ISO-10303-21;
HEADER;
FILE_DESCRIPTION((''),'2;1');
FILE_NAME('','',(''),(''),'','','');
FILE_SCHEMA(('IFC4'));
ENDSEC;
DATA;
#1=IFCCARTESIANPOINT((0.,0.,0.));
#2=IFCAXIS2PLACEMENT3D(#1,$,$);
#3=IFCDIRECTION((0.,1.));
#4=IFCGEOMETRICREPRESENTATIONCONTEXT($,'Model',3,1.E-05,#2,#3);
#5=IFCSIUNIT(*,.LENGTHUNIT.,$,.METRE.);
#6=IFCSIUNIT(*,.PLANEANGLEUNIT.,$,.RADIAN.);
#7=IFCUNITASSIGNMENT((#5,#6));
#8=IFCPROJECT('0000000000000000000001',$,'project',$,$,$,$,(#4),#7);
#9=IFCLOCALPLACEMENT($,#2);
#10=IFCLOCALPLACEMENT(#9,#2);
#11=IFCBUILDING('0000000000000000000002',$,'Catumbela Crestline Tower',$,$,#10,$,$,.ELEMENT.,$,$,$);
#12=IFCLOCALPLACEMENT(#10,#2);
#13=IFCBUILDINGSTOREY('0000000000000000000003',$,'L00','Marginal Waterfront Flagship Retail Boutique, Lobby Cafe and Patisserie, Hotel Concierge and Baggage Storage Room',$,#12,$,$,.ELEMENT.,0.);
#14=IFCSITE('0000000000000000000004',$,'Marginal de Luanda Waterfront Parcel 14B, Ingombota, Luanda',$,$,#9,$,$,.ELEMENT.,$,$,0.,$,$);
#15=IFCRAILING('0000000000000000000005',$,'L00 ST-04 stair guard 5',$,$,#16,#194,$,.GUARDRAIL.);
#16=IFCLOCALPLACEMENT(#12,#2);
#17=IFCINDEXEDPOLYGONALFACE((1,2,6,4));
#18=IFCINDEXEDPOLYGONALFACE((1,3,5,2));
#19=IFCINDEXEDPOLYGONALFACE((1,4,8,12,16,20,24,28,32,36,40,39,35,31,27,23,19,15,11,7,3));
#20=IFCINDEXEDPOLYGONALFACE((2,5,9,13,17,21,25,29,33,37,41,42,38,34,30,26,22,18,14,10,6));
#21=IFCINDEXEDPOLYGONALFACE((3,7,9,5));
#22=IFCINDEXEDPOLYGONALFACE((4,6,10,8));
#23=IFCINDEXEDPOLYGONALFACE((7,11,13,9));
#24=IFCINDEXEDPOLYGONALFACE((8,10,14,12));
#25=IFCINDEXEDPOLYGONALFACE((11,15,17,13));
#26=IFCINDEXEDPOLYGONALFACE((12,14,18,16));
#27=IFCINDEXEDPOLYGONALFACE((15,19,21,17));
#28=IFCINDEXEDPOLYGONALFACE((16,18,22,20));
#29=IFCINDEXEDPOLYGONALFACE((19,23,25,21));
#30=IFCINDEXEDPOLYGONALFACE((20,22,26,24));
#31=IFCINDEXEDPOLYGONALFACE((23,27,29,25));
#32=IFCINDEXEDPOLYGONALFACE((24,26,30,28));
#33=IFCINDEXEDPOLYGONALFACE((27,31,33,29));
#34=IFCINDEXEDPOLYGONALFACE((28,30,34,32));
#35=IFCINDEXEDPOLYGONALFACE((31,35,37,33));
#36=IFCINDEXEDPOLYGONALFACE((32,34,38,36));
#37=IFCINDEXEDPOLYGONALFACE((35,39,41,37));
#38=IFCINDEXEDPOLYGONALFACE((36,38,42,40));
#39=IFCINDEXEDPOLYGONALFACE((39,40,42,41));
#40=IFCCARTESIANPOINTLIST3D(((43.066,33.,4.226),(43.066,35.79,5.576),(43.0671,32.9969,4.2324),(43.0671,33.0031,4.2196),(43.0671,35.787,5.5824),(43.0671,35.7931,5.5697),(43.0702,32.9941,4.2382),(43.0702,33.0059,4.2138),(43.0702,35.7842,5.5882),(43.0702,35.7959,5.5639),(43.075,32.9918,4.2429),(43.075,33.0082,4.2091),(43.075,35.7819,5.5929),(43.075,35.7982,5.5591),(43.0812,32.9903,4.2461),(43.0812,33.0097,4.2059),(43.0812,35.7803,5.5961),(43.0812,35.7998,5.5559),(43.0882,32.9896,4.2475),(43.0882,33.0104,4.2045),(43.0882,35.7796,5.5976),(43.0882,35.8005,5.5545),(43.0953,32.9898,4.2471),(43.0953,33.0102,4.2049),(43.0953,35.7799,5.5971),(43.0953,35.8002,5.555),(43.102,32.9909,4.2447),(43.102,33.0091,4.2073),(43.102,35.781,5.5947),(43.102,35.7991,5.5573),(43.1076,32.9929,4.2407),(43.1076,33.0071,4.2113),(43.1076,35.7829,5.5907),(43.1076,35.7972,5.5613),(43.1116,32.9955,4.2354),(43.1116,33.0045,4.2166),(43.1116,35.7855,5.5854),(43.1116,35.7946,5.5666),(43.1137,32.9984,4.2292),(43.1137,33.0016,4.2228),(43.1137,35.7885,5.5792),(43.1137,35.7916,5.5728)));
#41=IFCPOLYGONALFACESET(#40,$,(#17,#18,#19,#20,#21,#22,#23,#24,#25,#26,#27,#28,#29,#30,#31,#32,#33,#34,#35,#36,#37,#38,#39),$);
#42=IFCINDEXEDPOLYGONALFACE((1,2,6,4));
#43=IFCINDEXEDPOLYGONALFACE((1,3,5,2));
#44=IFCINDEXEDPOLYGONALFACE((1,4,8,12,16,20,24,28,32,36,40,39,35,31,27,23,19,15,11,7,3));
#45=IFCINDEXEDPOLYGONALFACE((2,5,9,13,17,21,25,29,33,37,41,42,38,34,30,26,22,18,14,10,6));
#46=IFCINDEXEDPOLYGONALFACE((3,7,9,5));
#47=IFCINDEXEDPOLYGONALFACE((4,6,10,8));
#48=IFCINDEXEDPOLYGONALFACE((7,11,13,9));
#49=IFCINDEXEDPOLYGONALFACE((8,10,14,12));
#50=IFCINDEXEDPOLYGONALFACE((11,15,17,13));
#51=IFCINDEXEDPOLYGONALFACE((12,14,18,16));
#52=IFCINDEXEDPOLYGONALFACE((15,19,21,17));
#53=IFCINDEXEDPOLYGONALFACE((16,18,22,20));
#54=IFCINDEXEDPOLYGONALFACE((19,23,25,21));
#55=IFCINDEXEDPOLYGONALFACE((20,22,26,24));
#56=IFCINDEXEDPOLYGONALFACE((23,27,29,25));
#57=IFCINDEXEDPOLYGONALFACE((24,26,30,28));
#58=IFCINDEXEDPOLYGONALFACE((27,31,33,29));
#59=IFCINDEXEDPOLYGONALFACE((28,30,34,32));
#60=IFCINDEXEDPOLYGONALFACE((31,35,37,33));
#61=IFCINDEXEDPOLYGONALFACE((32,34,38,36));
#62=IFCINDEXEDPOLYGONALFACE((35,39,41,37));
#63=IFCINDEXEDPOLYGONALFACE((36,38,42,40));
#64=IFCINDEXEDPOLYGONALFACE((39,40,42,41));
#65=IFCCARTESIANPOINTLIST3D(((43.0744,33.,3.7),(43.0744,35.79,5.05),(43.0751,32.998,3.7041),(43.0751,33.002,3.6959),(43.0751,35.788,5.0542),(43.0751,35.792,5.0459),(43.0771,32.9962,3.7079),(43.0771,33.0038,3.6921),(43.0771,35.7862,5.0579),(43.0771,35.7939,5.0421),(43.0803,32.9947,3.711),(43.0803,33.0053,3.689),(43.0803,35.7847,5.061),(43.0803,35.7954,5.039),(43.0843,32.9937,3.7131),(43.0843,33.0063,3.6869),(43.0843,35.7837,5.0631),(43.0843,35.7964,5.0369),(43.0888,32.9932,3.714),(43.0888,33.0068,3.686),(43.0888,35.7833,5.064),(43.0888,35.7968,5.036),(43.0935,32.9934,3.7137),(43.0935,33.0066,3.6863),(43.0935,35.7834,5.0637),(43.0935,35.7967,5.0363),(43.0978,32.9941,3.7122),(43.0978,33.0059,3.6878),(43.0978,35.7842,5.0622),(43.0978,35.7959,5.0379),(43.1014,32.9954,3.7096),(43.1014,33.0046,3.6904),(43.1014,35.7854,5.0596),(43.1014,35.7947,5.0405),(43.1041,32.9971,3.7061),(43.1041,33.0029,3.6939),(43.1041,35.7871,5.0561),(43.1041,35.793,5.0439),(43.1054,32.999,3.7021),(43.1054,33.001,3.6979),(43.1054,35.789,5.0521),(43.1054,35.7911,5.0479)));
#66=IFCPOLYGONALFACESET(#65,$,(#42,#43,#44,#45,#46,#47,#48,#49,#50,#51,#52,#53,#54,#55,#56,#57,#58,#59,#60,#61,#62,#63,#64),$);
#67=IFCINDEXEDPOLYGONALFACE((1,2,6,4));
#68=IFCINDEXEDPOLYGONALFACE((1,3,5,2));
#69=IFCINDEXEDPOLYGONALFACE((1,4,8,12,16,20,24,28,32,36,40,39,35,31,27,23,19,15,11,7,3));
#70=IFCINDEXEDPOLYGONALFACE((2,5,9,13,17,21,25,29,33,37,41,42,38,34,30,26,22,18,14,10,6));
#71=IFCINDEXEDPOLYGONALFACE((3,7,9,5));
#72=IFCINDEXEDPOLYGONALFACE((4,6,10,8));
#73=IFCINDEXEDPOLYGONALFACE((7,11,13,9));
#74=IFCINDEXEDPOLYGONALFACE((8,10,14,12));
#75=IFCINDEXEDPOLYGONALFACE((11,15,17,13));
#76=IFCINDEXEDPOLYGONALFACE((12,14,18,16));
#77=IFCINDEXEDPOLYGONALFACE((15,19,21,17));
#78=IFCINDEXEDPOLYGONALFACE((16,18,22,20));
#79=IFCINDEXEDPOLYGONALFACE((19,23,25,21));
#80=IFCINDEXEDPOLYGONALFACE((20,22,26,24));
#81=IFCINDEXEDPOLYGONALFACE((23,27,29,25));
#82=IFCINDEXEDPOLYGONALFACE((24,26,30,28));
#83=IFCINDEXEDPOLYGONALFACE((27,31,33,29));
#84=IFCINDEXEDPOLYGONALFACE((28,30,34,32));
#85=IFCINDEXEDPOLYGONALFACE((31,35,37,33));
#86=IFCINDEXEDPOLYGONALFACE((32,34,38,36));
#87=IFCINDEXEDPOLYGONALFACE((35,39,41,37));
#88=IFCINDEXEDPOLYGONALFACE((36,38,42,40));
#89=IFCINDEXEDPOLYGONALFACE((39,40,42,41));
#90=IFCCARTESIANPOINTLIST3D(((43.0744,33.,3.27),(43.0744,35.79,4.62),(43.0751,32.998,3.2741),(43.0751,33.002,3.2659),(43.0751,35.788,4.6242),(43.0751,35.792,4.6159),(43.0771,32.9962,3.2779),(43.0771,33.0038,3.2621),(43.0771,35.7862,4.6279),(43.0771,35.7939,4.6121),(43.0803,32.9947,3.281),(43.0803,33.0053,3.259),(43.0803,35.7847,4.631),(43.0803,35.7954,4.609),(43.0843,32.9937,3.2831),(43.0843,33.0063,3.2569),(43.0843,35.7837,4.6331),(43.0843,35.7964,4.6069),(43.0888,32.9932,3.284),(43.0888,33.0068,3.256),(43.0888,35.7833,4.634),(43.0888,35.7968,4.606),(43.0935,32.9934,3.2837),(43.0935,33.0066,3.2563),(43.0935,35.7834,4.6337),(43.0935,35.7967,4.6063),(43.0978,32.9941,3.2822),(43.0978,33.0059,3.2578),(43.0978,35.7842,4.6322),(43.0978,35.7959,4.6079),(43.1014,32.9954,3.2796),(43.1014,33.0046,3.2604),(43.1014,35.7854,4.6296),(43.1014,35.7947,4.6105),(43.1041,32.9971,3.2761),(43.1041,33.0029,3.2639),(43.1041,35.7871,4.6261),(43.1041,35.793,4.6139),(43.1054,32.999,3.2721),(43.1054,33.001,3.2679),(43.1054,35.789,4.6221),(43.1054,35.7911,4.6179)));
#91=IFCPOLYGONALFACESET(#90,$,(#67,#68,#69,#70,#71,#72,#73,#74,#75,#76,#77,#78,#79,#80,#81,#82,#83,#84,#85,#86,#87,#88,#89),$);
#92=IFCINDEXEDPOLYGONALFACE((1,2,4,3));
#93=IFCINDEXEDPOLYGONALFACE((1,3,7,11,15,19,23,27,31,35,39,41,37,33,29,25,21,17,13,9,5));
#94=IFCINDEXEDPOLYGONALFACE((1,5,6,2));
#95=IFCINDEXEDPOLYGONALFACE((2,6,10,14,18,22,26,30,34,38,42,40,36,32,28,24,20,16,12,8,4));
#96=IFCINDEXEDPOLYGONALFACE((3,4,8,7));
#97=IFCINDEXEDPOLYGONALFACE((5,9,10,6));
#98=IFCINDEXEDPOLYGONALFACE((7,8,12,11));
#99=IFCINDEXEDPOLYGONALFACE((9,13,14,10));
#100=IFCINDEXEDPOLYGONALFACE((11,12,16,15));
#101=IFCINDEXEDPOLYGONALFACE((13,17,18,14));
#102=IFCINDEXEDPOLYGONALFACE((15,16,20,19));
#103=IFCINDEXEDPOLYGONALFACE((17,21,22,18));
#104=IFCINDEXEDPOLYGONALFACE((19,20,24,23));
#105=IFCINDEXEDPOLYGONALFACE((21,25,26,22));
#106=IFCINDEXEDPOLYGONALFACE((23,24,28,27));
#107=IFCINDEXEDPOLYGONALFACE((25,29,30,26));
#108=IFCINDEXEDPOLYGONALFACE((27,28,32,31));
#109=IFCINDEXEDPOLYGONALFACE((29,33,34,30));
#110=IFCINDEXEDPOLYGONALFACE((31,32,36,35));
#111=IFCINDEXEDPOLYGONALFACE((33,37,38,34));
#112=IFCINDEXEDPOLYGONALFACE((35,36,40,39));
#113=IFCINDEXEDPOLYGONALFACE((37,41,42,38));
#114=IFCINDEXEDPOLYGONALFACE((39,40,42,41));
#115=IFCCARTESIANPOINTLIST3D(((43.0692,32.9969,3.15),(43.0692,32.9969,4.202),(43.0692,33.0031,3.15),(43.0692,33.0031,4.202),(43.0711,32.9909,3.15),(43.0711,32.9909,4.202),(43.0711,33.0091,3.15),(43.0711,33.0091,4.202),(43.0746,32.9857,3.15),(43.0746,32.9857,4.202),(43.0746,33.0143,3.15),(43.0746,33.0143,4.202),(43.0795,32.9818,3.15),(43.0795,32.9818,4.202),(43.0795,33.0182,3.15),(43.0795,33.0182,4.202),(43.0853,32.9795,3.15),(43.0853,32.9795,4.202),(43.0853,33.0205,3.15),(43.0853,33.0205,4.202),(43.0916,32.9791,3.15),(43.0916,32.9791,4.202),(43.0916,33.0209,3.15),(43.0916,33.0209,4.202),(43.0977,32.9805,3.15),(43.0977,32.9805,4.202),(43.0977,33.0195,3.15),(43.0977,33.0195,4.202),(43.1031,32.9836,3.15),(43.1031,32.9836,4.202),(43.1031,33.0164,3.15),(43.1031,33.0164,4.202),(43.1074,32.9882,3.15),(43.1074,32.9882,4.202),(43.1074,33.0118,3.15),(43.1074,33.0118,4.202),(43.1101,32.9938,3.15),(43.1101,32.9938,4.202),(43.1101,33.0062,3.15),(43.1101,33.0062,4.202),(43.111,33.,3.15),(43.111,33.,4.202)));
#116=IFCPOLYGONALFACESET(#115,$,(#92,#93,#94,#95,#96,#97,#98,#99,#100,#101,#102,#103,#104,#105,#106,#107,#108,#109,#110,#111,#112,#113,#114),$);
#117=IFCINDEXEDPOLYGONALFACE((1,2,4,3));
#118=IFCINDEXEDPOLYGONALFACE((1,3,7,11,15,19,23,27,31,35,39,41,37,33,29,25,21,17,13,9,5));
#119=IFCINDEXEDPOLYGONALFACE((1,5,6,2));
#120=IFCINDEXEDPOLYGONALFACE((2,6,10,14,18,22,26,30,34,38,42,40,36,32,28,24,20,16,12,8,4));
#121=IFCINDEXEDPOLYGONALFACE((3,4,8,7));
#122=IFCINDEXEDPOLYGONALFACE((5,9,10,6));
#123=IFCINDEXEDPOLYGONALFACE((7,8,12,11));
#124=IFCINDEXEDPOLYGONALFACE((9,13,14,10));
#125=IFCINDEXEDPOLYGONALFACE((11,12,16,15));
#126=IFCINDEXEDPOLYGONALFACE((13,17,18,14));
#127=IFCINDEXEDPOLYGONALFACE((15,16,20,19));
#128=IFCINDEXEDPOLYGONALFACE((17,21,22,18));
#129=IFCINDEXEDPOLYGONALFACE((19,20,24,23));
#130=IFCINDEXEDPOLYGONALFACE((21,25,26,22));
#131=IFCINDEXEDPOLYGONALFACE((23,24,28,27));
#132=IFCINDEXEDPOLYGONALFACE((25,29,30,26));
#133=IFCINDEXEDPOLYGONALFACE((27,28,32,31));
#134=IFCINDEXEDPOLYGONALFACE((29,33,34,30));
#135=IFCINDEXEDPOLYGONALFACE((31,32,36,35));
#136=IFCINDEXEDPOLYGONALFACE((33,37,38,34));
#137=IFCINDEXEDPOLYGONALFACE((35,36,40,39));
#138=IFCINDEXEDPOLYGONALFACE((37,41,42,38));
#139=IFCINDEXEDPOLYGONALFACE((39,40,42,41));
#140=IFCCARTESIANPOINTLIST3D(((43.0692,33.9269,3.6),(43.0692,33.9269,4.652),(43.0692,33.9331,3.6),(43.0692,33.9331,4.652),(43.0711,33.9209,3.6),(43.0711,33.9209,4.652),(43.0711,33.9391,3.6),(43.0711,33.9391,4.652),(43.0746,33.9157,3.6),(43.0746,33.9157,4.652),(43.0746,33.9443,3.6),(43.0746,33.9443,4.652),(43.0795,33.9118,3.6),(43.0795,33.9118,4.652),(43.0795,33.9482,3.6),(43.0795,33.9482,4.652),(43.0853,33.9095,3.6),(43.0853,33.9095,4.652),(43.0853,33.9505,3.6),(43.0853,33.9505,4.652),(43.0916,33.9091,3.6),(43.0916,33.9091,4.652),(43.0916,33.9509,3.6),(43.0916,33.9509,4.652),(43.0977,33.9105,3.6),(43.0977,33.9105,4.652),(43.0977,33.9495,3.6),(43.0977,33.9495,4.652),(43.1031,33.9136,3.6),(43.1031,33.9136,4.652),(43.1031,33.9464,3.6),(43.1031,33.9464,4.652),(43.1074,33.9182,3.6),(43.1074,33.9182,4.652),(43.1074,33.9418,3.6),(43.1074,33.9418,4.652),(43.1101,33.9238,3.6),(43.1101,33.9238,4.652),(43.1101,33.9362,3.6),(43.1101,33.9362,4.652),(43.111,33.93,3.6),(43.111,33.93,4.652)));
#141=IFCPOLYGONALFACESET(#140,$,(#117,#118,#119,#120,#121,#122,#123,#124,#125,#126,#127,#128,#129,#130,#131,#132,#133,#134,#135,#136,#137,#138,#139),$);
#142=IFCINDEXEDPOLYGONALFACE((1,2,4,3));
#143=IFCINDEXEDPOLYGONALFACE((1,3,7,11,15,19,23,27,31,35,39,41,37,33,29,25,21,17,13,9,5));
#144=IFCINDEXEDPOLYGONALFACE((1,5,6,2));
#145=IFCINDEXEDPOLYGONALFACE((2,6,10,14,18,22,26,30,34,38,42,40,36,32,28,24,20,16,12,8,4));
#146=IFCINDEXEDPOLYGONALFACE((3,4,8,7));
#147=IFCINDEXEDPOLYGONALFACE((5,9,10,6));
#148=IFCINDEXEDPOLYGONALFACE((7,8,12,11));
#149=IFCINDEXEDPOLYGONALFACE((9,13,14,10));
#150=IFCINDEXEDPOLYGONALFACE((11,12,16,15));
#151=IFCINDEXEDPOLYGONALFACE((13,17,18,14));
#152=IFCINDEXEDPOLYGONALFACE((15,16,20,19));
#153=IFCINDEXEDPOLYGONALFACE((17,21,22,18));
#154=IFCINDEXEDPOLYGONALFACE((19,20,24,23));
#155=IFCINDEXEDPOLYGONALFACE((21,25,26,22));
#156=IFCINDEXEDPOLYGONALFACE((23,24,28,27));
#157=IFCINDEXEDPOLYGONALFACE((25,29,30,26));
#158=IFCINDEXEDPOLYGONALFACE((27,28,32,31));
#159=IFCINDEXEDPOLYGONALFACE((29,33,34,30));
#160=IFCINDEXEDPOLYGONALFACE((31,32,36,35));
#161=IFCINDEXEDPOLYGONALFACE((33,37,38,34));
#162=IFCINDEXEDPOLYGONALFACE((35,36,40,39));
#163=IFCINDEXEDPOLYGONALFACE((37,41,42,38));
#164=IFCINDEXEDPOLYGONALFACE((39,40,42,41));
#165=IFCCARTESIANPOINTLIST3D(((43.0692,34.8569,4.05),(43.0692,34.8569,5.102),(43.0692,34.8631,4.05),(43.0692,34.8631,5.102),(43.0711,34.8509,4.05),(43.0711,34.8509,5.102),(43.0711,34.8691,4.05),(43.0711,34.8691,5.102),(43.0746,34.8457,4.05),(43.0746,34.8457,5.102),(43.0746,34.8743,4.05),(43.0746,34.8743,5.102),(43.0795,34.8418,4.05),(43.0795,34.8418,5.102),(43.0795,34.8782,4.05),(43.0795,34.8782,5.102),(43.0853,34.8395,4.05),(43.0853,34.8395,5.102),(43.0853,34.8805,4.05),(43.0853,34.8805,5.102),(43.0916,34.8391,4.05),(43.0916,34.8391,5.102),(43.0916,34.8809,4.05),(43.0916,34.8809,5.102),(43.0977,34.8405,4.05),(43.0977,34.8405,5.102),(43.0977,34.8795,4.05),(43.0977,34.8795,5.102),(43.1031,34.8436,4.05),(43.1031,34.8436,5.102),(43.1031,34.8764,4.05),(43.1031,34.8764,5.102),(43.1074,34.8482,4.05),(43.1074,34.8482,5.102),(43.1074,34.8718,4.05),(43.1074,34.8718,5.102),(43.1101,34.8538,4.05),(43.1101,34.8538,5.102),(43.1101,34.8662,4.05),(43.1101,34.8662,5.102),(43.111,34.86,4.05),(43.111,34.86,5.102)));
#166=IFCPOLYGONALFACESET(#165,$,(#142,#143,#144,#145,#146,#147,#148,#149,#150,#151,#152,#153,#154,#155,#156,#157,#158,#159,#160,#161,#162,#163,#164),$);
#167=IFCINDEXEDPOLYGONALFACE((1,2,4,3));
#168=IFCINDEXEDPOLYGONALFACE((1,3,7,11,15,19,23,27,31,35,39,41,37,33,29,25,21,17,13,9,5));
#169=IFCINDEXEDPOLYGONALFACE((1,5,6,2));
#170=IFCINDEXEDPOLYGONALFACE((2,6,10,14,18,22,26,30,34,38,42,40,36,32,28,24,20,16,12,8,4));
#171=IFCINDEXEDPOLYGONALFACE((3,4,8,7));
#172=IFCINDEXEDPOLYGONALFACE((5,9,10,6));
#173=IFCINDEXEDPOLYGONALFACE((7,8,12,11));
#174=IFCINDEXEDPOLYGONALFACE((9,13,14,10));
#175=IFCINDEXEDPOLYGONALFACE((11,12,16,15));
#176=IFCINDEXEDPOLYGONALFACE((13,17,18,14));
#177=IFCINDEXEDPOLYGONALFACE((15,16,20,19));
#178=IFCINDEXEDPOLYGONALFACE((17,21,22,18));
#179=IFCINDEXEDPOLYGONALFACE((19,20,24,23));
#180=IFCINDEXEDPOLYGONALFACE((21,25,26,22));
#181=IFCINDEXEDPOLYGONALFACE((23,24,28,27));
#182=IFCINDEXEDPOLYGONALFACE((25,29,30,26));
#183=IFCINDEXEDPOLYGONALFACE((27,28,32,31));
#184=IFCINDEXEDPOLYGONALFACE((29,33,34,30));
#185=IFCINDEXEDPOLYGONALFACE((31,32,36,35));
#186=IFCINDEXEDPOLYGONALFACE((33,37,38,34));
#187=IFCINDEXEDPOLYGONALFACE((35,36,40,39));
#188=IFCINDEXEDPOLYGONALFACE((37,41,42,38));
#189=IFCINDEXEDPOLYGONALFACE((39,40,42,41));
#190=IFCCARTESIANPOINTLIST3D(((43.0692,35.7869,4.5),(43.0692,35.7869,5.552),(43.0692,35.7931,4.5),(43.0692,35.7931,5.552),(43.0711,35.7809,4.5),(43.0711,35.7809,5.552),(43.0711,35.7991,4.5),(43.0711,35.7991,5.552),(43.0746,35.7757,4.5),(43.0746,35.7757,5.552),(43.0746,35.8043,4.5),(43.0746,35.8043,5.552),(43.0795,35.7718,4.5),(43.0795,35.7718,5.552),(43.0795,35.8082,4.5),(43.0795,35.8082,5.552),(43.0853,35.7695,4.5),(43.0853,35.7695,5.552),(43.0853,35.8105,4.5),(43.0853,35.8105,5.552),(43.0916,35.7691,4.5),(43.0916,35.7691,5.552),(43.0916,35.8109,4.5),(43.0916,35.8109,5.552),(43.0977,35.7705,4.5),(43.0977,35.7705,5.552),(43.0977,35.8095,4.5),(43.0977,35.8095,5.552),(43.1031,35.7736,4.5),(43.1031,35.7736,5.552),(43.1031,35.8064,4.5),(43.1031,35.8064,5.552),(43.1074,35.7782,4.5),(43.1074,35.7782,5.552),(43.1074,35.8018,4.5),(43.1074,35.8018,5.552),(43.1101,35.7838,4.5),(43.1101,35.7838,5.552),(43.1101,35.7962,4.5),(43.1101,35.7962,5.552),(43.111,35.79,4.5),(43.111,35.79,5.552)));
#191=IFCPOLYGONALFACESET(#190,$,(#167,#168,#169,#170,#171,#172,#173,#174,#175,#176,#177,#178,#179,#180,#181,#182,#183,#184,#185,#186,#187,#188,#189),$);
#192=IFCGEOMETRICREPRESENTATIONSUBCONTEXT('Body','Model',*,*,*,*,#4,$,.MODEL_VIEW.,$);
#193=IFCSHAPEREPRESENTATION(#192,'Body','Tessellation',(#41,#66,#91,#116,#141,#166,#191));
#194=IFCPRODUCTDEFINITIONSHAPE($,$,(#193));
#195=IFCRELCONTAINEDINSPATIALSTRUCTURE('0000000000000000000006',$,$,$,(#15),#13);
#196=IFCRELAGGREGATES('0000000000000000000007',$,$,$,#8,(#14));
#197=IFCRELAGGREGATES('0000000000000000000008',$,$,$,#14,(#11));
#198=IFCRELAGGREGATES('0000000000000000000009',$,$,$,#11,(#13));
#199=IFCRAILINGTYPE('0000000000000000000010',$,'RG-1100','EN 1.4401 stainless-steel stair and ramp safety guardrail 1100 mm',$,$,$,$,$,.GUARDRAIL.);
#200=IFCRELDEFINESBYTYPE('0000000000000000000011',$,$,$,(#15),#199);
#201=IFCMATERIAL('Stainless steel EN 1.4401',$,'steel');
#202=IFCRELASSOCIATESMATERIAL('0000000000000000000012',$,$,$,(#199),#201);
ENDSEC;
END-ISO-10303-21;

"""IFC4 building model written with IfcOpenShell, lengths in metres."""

from ifc_helpers import new_model, si_unit, direction, frame, origin, origin_2d, place, context, subcontext, project, spatial, circle, extrude, material, type_object, element, save


model = new_model("IFC4")

# Units and contexts
model_context = context("Model", 3, precision=1e-05, world=origin(), true_north=direction((0.0, 1.0)))
body_context = subcontext(model_context, "Body", "Model", "MODEL_VIEW")
ifc_project = project(units=[si_unit("LENGTHUNIT", "METRE"), si_unit("PLANEANGLEUNIT", "RADIAN")], contexts=[model_context])

# Site, building, storey
site_placement = place(None, origin())
site = spatial("IfcSite", under=ifc_project, at=site_placement, Name="Marginal de Luanda Waterfront Parcel 14B, Ingombota, Luanda", CompositionType="ELEMENT", RefElevation=0.0)
building_placement = place(site_placement, origin())
building = spatial("IfcBuilding", under=site, at=building_placement, Name="Catumbela Crestline Tower", CompositionType="ELEMENT")
storey_placement = place(building_placement, origin())
storey = spatial("IfcBuildingStorey", under=building, at=storey_placement, Name="L00", Description="Marginal Waterfront Flagship Retail Boutique, Lobby Cafe and Patisserie, Hotel Concierge and Baggage Storage Room", CompositionType="ELEMENT", Elevation=0.0)

# Shared definitions
ifc_material_1 = material(Name="Stainless steel EN 1.4401", Category="steel")

# Railing
railing_type_1 = type_object("IfcRailingType", Name="RG-1100", Description="EN 1.4401 stainless-steel stair and ramp safety guardrail 1100 mm", PredefinedType="GUARDRAIL", material=ifc_material_1)
railing_1_placement = place(storey_placement, frame((43.09, 33.0, 3.15)))
element("IfcRailing", 1, at=railing_1_placement, inside=storey, type_object=railing_type_1, Name="L00 ST-04 stair guard 5", PredefinedType="GUARDRAIL", context=body_context, shape_type="SweptSolid", body=[
    extrude(circle(Radius=0.024, at=origin_2d()), frame((0.0, 0.0, 1.076), z_axis=(0.0, 0.900159, 0.435561), x_axis=(-1.0, 0.0, 0.0)), (0.0, 0.0, 1.0), 3.0995),
    extrude(circle(Radius=0.0156, at=origin_2d()), frame((0.0, 0.0, 0.55), z_axis=(0.0, 0.900159, 0.435561), x_axis=(-1.0, 0.0, 0.0)), (0.0, 0.0, 1.0), 3.0995),
    extrude(circle(Radius=0.0156, at=origin_2d()), frame((0.0, 0.0, 0.12), z_axis=(0.0, 0.900159, 0.435561), x_axis=(-1.0, 0.0, 0.0)), (0.0, 0.0, 1.0), 3.0995),
    extrude(circle(Radius=0.021, at=origin_2d()), origin(), (0.0, 0.0, 1.0), 1.052),
    extrude(circle(Radius=0.021, at=origin_2d()), frame((0.0, 0.93, 0.45)), (0.0, 0.0, 1.0), 1.052),
    extrude(circle(Radius=0.021, at=origin_2d()), frame((0.0, 1.86, 0.9)), (0.0, 0.0, 1.0), 1.052),
    extrude(circle(Radius=0.021, at=origin_2d()), frame((0.0, 2.79, 1.35)), (0.0, 0.0, 1.0), 1.052),
])

save(model, "model.ifc")
